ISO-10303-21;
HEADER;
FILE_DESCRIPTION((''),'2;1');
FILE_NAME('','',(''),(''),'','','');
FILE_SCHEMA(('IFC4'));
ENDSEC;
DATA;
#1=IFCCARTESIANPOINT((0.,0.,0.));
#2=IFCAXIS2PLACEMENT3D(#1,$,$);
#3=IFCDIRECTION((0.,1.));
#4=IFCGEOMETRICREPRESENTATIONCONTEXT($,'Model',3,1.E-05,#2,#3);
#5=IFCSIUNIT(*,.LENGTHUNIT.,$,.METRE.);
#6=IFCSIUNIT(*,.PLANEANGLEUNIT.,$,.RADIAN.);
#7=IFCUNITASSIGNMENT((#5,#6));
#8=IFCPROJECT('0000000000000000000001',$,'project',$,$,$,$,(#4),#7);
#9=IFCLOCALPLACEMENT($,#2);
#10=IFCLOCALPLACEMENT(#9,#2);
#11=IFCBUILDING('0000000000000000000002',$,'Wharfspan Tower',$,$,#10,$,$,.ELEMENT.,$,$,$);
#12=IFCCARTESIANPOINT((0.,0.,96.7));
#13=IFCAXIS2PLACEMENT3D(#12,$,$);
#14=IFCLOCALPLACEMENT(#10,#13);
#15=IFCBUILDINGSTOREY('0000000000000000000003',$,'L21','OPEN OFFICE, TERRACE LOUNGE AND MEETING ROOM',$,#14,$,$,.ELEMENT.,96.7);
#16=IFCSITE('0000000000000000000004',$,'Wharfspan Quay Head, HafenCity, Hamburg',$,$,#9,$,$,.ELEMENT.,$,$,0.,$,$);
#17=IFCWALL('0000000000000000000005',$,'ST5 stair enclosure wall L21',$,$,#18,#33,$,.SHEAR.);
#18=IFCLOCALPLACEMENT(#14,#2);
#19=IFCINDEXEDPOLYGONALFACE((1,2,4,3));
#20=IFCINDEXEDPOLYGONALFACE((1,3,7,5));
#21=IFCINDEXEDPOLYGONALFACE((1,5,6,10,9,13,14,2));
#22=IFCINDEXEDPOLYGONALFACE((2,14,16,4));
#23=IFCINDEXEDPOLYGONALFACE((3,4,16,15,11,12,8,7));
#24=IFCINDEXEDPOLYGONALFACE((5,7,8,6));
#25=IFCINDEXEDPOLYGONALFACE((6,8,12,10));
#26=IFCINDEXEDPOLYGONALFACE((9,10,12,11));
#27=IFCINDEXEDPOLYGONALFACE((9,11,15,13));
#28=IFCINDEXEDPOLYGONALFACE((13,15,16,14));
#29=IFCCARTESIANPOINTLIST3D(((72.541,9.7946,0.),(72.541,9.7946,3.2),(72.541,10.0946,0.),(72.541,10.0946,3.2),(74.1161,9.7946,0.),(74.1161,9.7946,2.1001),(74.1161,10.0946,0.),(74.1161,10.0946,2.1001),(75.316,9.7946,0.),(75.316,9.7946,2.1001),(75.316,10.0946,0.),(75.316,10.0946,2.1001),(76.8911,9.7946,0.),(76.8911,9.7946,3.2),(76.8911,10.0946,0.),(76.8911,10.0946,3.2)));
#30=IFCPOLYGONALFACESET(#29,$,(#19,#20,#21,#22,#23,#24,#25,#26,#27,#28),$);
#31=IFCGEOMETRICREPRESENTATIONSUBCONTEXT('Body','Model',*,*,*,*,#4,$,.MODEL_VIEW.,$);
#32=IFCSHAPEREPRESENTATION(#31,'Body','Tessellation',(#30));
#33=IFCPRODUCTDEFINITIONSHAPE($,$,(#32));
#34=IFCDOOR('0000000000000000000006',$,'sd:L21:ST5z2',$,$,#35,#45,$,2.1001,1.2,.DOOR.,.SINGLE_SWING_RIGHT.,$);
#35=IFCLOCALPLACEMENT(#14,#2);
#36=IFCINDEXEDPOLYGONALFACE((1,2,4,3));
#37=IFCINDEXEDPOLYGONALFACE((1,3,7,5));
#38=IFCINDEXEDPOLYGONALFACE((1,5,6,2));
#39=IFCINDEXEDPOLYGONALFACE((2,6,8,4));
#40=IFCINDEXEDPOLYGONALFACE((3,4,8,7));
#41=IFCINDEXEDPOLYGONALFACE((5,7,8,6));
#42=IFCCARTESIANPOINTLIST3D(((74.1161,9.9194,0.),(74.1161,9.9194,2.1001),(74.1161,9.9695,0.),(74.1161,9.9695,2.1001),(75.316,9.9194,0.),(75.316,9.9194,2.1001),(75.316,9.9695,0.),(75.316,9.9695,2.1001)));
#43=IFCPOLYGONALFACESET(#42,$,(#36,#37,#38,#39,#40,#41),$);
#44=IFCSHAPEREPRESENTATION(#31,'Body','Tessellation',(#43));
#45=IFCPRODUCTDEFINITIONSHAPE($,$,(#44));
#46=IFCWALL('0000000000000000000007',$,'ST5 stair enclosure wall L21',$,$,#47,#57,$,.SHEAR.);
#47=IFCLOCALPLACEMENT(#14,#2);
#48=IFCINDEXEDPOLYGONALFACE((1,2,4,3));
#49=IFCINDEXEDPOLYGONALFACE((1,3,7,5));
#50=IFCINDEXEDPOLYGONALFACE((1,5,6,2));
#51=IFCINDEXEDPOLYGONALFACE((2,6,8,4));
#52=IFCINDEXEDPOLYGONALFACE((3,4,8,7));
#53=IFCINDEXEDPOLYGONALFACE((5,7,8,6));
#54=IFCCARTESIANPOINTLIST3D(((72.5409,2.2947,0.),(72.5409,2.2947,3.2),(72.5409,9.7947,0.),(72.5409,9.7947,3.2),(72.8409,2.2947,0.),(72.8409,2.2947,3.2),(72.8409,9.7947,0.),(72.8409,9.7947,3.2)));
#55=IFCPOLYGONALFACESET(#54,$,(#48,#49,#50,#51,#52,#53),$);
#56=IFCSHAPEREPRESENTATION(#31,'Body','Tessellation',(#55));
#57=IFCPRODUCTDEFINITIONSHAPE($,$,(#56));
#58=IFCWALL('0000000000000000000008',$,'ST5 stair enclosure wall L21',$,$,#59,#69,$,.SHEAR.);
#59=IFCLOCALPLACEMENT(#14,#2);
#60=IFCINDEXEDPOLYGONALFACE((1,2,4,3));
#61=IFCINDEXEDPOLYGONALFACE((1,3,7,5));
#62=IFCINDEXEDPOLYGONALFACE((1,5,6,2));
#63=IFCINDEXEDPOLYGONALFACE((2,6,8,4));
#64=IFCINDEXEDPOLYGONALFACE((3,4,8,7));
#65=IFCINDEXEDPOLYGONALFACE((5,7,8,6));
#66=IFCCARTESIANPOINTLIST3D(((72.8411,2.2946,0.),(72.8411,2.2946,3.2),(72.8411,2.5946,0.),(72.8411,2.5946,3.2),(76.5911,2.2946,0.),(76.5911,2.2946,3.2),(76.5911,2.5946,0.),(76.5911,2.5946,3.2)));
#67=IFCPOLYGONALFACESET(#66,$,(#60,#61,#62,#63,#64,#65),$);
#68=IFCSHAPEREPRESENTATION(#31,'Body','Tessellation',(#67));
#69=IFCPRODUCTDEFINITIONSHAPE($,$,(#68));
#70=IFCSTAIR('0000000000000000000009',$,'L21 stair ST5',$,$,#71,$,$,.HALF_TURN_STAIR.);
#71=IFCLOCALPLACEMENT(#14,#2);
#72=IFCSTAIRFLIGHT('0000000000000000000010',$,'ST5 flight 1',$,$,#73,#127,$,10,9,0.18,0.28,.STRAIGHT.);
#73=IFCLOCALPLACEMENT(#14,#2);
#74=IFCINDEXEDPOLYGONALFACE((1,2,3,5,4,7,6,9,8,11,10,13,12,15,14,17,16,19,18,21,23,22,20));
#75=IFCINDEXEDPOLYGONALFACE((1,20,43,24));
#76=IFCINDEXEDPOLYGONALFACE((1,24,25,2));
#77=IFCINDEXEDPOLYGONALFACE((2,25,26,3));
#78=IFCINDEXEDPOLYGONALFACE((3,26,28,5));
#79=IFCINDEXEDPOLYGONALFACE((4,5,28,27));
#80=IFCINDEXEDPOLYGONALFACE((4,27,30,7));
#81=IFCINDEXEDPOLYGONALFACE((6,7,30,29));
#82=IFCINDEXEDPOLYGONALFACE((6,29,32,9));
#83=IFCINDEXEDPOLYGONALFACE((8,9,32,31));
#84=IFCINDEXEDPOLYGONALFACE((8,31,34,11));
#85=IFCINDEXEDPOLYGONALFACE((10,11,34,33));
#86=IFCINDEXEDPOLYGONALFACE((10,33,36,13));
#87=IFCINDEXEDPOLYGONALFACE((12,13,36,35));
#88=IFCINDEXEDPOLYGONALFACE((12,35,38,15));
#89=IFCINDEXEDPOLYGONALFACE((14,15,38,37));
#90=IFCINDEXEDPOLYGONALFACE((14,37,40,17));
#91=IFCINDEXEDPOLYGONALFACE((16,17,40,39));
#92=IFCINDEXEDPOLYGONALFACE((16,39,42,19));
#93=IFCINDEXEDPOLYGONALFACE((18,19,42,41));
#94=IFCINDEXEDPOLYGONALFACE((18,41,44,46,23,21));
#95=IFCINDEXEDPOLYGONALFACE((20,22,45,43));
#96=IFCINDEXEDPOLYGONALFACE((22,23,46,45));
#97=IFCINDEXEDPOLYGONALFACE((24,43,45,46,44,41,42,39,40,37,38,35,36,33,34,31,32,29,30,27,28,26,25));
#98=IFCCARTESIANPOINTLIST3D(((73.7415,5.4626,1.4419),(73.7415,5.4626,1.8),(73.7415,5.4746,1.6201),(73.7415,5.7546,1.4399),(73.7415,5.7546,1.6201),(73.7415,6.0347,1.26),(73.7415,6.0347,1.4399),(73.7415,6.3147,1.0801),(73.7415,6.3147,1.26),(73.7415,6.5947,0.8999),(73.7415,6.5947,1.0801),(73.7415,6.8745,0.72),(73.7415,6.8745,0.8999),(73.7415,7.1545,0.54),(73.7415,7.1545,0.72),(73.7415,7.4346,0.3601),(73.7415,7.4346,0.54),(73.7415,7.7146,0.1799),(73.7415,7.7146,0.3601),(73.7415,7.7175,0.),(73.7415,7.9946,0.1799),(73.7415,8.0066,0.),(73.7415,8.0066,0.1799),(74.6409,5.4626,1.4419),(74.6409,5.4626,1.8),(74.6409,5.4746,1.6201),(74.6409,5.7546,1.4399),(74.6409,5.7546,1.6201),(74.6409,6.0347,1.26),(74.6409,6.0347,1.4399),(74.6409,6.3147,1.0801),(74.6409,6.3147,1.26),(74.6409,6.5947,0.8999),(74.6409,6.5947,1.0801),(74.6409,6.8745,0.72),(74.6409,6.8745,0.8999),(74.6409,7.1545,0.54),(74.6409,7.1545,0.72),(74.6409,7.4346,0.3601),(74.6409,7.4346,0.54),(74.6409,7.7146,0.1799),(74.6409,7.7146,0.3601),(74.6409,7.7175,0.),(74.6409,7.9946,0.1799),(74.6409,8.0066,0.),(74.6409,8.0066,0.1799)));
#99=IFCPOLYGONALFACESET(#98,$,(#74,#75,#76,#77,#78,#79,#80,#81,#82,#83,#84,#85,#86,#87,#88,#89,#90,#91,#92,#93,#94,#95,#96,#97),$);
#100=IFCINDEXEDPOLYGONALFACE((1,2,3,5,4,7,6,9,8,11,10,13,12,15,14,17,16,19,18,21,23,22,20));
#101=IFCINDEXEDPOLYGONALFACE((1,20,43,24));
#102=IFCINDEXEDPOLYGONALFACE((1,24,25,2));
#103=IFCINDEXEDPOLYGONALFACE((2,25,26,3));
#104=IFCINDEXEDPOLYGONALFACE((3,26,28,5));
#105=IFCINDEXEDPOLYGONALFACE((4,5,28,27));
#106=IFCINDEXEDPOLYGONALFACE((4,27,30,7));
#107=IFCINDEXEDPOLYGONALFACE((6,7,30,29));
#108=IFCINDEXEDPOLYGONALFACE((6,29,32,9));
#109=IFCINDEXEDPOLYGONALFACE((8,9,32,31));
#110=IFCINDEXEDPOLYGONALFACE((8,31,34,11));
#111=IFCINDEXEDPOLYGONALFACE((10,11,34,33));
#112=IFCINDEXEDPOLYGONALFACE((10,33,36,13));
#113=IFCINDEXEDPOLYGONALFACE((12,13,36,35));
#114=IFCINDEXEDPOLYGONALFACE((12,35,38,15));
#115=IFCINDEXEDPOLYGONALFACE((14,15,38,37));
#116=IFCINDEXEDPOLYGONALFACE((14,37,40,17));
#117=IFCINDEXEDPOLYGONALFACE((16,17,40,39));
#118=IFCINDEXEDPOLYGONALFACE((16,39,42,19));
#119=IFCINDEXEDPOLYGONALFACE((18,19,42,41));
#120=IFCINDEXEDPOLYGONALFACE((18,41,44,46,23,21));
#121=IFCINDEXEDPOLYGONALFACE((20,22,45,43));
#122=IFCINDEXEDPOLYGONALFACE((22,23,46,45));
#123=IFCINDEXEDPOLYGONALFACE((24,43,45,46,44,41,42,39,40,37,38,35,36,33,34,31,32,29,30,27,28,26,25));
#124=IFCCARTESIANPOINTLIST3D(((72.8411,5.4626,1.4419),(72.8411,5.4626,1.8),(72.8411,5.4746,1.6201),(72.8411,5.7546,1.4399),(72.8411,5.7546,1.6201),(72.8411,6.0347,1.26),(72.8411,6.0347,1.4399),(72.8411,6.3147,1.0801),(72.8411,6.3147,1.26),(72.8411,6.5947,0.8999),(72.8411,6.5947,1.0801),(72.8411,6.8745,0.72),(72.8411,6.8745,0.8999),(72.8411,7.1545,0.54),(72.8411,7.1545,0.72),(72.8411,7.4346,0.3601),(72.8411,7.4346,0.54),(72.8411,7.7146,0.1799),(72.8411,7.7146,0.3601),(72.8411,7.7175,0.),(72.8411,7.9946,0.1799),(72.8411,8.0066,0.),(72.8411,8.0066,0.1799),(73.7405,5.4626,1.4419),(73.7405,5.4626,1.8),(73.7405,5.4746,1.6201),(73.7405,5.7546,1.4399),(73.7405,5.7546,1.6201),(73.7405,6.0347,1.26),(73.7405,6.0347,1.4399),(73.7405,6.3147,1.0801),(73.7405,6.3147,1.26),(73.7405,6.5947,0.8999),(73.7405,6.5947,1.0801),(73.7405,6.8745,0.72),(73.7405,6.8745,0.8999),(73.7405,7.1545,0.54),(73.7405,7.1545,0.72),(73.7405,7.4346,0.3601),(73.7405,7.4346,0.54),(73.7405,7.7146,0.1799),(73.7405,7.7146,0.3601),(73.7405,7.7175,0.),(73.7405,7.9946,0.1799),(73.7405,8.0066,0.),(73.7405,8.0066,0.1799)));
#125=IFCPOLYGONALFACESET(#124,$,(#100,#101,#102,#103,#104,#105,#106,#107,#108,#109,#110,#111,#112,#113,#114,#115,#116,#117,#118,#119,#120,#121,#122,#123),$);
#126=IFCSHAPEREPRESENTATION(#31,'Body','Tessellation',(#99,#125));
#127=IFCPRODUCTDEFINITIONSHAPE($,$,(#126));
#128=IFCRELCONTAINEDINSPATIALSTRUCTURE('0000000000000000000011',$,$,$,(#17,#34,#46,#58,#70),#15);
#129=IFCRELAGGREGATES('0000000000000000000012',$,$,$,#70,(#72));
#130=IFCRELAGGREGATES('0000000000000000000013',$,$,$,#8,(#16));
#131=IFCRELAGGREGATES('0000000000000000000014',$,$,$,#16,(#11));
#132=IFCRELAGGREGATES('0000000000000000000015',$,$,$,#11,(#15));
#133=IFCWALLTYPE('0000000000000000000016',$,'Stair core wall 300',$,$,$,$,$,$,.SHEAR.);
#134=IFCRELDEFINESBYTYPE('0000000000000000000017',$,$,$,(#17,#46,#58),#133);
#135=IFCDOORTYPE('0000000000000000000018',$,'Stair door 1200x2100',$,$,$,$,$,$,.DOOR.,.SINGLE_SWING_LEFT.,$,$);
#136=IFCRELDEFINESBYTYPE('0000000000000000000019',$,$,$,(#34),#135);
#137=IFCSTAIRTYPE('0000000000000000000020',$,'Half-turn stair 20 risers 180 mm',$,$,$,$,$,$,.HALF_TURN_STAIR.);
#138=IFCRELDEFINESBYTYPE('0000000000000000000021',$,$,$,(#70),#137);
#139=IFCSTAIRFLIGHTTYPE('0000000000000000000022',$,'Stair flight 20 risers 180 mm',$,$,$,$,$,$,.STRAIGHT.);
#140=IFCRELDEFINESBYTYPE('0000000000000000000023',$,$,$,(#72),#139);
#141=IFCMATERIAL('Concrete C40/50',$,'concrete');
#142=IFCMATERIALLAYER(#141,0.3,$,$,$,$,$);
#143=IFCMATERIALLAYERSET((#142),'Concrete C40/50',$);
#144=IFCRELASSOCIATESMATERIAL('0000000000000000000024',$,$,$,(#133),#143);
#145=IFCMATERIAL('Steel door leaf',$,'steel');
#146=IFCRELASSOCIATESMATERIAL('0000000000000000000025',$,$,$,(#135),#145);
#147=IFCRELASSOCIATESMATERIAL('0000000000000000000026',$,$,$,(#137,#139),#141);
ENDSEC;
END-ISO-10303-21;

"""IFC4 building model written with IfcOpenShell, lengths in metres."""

from ifc_helpers import new_model, si_unit, direction, frame, frame_2d, origin, place, context, subcontext, project, spatial, polyline, rectangle, outline, extrude, material, layer, layer_set, type_object, element, fill, aggregate, save


model = new_model("IFC4")

# Units and contexts
model_context = context("Model", 3, precision=1e-05, world=origin(), true_north=direction((0.0, 1.0)))
body_context = subcontext(model_context, "Body", "Model", "MODEL_VIEW")
ifc_project = project(units=[si_unit("LENGTHUNIT", "METRE"), si_unit("PLANEANGLEUNIT", "RADIAN")], contexts=[model_context])

# Site, building, storey
site_placement = place(None, origin())
site = spatial("IfcSite", under=ifc_project, at=site_placement, Name="Wharfspan Quay Head, HafenCity, Hamburg", CompositionType="ELEMENT", RefElevation=0.0)
building_placement = place(site_placement, origin())
building = spatial("IfcBuilding", under=site, at=building_placement, Name="Wharfspan Tower", CompositionType="ELEMENT")
storey_placement = place(building_placement, frame((0.0, 0.0, 96.7)))
storey = spatial("IfcBuildingStorey", under=building, at=storey_placement, Name="L21", Description="OPEN OFFICE, TERRACE LOUNGE AND MEETING ROOM", CompositionType="ELEMENT", Elevation=96.7)

# Wall, opening, door
ifc_material_1 = material(Name="Concrete C40/50", Category="concrete")
ifc_layer_1 = layer(ifc_material_1, 0.3)
ifc_layer_set_1 = layer_set([ifc_layer_1], Name="Concrete C40/50")
wall_type_1 = type_object("IfcWallType", Name="Stair core wall 300", PredefinedType="SHEAR", material=ifc_layer_set_1)
wall_1_placement = place(storey_placement, frame((72.541, 9.9446, 0.0), z_axis=(0.0, 0.0, 1.0), x_axis=(1.0, 0.0, 0.0)))
wall_1 = element("IfcWall", 1, at=wall_1_placement, inside=storey, type_object=wall_type_1, Name="ST5 stair enclosure wall L21", PredefinedType="SHEAR", context=body_context, shape_type="SweptSolid", body=[
    extrude(rectangle(XDim=4.3501, YDim=0.3, at=frame_2d((2.175, 0.0))), origin(), (0.0, 0.0, 1.0), 3.2),
])
opening_placement = place(wall_1_placement, frame((1.575, 0.0, 0.0)))
opening = element("IfcOpeningElement", 2, at=opening_placement, cuts=wall_1, PredefinedType="OPENING", context=body_context, shape_type="SweptSolid", body=[
    extrude(rectangle(XDim=1.2, YDim=2.1001, at=frame_2d((0.6001, 1.05))), frame((0.0, 0.1599, 0.0), z_axis=(0.0, -1.0, 0.0), x_axis=(1.0, 0.0, 0.0)), (0.0, 0.0, 1.0), 0.3201),
])
ifc_material_2 = material(Name="Steel door leaf", Category="steel")
door_type = type_object("IfcDoorType", Name="Stair door 1200x2100", OperationType="SINGLE_SWING_LEFT", PredefinedType="DOOR", material=ifc_material_2)
door_placement = place(opening_placement, origin())
door = element("IfcDoor", 3, at=door_placement, inside=storey, type_object=door_type, Name="sd:L21:ST5z2", OperationType="SINGLE_SWING_RIGHT", OverallHeight=2.1001, OverallWidth=1.2, PredefinedType="DOOR", context=body_context, shape_type="SweptSolid", body=[
    extrude(rectangle(XDim=1.2, YDim=2.1001, at=frame_2d((0.6001, 1.05))), frame((0.0, 0.0249, 0.0), z_axis=(0.0, -1.0, 0.0), x_axis=(1.0, 0.0, 0.0)), (0.0, 0.0, 1.0), 0.05),
])
fill(opening, door)

# Walls
wall_2_placement = place(storey_placement, frame((72.6909, 2.2947, 0.0), z_axis=(0.0, 0.0, 1.0), x_axis=(0.0, 1.0, 0.0)))
element("IfcWall", 4, at=wall_2_placement, inside=storey, type_object=wall_type_1, Name="ST5 stair enclosure wall L21", PredefinedType="SHEAR", context=body_context, shape_type="SweptSolid", body=[
    extrude(rectangle(XDim=7.5, YDim=0.3, at=frame_2d((3.75, 0.0))), origin(), (0.0, 0.0, 1.0), 3.2),
])
wall_3_placement = place(storey_placement, frame((72.8411, 2.4446, 0.0), z_axis=(0.0, 0.0, 1.0), x_axis=(1.0, 0.0, 0.0)))
element("IfcWall", 5, at=wall_3_placement, inside=storey, type_object=wall_type_1, Name="ST5 stair enclosure wall L21", PredefinedType="SHEAR", context=body_context, shape_type="SweptSolid", body=[
    extrude(rectangle(XDim=3.75, YDim=0.3, at=frame_2d((1.875, 0.0))), origin(), (0.0, 0.0, 1.0), 3.2),
])

# Stair, stair flight
stair_type = type_object("IfcStairType", Name="Half-turn stair 20 risers 180 mm", PredefinedType="HALF_TURN_STAIR", material=ifc_material_1)
stair_placement = place(storey_placement, origin())
stair = element("IfcStair", 6, at=stair_placement, inside=storey, type_object=stair_type, Name="L21 stair ST5", PredefinedType="HALF_TURN_STAIR")
stair_flight_type = type_object("IfcStairFlightType", Name="Stair flight 20 risers 180 mm", PredefinedType="STRAIGHT", material=ifc_material_1)
stair_flight_placement = place(storey_placement, frame((73.741, 7.9946, 0.0), z_axis=(0.0, 0.0, 1.0), x_axis=(0.0, -1.0, 0.0)))
stair_flight = element("IfcStairFlight", 7, at=stair_flight_placement, type_object=stair_flight_type, Name="ST5 flight 1", NumberOfRisers=10, NumberOfTreads=9, PredefinedType="STRAIGHT", RiserHeight=0.18, TreadLength=0.28, context=body_context, shape_type="SweptSolid", body=[
    extrude(outline(polyline([(-0.012, 0.0), (-0.012, 0.1799), (0.0, 0.1799), (0.28, 0.1799), (0.28, 0.3601), (0.5601, 0.3601), (0.5601, 0.54), (0.8401, 0.54), (0.8401, 0.72), (1.1201, 0.72), (1.1201, 0.8999), (1.3999, 0.8999), (1.3999, 1.0801), (1.6799, 1.0801), (1.6799, 1.26), (1.96, 1.26), (1.96, 1.4399), (2.24, 1.4399), (2.24, 1.6201), (2.52, 1.6201), (2.532, 1.8), (2.532, 1.4419), (0.2771, 0.0), (-0.012, 0.0)])), frame((0.0, 0.8999, 0.0), z_axis=(0.0, -1.0, 0.0), x_axis=(1.0, 0.0, 0.0)), (0.0, 0.0, 1.0), 0.8994),
    extrude(outline(polyline([(-0.012, 0.0), (-0.012, 0.1799), (0.0, 0.1799), (0.28, 0.1799), (0.28, 0.3601), (0.5601, 0.3601), (0.5601, 0.54), (0.8401, 0.54), (0.8401, 0.72), (1.1201, 0.72), (1.1201, 0.8999), (1.3999, 0.8999), (1.3999, 1.0801), (1.6799, 1.0801), (1.6799, 1.26), (1.96, 1.26), (1.96, 1.4399), (2.24, 1.4399), (2.24, 1.6201), (2.52, 1.6201), (2.532, 1.8), (2.532, 1.4419), (0.2771, 0.0), (-0.012, 0.0)])), frame((0.0, -0.0005, 0.0), z_axis=(0.0, -1.0, 0.0), x_axis=(1.0, 0.0, 0.0)), (0.0, 0.0, 1.0), 0.8994),
])
aggregate(stair, [stair_flight])

save(model, "model.ifc")
